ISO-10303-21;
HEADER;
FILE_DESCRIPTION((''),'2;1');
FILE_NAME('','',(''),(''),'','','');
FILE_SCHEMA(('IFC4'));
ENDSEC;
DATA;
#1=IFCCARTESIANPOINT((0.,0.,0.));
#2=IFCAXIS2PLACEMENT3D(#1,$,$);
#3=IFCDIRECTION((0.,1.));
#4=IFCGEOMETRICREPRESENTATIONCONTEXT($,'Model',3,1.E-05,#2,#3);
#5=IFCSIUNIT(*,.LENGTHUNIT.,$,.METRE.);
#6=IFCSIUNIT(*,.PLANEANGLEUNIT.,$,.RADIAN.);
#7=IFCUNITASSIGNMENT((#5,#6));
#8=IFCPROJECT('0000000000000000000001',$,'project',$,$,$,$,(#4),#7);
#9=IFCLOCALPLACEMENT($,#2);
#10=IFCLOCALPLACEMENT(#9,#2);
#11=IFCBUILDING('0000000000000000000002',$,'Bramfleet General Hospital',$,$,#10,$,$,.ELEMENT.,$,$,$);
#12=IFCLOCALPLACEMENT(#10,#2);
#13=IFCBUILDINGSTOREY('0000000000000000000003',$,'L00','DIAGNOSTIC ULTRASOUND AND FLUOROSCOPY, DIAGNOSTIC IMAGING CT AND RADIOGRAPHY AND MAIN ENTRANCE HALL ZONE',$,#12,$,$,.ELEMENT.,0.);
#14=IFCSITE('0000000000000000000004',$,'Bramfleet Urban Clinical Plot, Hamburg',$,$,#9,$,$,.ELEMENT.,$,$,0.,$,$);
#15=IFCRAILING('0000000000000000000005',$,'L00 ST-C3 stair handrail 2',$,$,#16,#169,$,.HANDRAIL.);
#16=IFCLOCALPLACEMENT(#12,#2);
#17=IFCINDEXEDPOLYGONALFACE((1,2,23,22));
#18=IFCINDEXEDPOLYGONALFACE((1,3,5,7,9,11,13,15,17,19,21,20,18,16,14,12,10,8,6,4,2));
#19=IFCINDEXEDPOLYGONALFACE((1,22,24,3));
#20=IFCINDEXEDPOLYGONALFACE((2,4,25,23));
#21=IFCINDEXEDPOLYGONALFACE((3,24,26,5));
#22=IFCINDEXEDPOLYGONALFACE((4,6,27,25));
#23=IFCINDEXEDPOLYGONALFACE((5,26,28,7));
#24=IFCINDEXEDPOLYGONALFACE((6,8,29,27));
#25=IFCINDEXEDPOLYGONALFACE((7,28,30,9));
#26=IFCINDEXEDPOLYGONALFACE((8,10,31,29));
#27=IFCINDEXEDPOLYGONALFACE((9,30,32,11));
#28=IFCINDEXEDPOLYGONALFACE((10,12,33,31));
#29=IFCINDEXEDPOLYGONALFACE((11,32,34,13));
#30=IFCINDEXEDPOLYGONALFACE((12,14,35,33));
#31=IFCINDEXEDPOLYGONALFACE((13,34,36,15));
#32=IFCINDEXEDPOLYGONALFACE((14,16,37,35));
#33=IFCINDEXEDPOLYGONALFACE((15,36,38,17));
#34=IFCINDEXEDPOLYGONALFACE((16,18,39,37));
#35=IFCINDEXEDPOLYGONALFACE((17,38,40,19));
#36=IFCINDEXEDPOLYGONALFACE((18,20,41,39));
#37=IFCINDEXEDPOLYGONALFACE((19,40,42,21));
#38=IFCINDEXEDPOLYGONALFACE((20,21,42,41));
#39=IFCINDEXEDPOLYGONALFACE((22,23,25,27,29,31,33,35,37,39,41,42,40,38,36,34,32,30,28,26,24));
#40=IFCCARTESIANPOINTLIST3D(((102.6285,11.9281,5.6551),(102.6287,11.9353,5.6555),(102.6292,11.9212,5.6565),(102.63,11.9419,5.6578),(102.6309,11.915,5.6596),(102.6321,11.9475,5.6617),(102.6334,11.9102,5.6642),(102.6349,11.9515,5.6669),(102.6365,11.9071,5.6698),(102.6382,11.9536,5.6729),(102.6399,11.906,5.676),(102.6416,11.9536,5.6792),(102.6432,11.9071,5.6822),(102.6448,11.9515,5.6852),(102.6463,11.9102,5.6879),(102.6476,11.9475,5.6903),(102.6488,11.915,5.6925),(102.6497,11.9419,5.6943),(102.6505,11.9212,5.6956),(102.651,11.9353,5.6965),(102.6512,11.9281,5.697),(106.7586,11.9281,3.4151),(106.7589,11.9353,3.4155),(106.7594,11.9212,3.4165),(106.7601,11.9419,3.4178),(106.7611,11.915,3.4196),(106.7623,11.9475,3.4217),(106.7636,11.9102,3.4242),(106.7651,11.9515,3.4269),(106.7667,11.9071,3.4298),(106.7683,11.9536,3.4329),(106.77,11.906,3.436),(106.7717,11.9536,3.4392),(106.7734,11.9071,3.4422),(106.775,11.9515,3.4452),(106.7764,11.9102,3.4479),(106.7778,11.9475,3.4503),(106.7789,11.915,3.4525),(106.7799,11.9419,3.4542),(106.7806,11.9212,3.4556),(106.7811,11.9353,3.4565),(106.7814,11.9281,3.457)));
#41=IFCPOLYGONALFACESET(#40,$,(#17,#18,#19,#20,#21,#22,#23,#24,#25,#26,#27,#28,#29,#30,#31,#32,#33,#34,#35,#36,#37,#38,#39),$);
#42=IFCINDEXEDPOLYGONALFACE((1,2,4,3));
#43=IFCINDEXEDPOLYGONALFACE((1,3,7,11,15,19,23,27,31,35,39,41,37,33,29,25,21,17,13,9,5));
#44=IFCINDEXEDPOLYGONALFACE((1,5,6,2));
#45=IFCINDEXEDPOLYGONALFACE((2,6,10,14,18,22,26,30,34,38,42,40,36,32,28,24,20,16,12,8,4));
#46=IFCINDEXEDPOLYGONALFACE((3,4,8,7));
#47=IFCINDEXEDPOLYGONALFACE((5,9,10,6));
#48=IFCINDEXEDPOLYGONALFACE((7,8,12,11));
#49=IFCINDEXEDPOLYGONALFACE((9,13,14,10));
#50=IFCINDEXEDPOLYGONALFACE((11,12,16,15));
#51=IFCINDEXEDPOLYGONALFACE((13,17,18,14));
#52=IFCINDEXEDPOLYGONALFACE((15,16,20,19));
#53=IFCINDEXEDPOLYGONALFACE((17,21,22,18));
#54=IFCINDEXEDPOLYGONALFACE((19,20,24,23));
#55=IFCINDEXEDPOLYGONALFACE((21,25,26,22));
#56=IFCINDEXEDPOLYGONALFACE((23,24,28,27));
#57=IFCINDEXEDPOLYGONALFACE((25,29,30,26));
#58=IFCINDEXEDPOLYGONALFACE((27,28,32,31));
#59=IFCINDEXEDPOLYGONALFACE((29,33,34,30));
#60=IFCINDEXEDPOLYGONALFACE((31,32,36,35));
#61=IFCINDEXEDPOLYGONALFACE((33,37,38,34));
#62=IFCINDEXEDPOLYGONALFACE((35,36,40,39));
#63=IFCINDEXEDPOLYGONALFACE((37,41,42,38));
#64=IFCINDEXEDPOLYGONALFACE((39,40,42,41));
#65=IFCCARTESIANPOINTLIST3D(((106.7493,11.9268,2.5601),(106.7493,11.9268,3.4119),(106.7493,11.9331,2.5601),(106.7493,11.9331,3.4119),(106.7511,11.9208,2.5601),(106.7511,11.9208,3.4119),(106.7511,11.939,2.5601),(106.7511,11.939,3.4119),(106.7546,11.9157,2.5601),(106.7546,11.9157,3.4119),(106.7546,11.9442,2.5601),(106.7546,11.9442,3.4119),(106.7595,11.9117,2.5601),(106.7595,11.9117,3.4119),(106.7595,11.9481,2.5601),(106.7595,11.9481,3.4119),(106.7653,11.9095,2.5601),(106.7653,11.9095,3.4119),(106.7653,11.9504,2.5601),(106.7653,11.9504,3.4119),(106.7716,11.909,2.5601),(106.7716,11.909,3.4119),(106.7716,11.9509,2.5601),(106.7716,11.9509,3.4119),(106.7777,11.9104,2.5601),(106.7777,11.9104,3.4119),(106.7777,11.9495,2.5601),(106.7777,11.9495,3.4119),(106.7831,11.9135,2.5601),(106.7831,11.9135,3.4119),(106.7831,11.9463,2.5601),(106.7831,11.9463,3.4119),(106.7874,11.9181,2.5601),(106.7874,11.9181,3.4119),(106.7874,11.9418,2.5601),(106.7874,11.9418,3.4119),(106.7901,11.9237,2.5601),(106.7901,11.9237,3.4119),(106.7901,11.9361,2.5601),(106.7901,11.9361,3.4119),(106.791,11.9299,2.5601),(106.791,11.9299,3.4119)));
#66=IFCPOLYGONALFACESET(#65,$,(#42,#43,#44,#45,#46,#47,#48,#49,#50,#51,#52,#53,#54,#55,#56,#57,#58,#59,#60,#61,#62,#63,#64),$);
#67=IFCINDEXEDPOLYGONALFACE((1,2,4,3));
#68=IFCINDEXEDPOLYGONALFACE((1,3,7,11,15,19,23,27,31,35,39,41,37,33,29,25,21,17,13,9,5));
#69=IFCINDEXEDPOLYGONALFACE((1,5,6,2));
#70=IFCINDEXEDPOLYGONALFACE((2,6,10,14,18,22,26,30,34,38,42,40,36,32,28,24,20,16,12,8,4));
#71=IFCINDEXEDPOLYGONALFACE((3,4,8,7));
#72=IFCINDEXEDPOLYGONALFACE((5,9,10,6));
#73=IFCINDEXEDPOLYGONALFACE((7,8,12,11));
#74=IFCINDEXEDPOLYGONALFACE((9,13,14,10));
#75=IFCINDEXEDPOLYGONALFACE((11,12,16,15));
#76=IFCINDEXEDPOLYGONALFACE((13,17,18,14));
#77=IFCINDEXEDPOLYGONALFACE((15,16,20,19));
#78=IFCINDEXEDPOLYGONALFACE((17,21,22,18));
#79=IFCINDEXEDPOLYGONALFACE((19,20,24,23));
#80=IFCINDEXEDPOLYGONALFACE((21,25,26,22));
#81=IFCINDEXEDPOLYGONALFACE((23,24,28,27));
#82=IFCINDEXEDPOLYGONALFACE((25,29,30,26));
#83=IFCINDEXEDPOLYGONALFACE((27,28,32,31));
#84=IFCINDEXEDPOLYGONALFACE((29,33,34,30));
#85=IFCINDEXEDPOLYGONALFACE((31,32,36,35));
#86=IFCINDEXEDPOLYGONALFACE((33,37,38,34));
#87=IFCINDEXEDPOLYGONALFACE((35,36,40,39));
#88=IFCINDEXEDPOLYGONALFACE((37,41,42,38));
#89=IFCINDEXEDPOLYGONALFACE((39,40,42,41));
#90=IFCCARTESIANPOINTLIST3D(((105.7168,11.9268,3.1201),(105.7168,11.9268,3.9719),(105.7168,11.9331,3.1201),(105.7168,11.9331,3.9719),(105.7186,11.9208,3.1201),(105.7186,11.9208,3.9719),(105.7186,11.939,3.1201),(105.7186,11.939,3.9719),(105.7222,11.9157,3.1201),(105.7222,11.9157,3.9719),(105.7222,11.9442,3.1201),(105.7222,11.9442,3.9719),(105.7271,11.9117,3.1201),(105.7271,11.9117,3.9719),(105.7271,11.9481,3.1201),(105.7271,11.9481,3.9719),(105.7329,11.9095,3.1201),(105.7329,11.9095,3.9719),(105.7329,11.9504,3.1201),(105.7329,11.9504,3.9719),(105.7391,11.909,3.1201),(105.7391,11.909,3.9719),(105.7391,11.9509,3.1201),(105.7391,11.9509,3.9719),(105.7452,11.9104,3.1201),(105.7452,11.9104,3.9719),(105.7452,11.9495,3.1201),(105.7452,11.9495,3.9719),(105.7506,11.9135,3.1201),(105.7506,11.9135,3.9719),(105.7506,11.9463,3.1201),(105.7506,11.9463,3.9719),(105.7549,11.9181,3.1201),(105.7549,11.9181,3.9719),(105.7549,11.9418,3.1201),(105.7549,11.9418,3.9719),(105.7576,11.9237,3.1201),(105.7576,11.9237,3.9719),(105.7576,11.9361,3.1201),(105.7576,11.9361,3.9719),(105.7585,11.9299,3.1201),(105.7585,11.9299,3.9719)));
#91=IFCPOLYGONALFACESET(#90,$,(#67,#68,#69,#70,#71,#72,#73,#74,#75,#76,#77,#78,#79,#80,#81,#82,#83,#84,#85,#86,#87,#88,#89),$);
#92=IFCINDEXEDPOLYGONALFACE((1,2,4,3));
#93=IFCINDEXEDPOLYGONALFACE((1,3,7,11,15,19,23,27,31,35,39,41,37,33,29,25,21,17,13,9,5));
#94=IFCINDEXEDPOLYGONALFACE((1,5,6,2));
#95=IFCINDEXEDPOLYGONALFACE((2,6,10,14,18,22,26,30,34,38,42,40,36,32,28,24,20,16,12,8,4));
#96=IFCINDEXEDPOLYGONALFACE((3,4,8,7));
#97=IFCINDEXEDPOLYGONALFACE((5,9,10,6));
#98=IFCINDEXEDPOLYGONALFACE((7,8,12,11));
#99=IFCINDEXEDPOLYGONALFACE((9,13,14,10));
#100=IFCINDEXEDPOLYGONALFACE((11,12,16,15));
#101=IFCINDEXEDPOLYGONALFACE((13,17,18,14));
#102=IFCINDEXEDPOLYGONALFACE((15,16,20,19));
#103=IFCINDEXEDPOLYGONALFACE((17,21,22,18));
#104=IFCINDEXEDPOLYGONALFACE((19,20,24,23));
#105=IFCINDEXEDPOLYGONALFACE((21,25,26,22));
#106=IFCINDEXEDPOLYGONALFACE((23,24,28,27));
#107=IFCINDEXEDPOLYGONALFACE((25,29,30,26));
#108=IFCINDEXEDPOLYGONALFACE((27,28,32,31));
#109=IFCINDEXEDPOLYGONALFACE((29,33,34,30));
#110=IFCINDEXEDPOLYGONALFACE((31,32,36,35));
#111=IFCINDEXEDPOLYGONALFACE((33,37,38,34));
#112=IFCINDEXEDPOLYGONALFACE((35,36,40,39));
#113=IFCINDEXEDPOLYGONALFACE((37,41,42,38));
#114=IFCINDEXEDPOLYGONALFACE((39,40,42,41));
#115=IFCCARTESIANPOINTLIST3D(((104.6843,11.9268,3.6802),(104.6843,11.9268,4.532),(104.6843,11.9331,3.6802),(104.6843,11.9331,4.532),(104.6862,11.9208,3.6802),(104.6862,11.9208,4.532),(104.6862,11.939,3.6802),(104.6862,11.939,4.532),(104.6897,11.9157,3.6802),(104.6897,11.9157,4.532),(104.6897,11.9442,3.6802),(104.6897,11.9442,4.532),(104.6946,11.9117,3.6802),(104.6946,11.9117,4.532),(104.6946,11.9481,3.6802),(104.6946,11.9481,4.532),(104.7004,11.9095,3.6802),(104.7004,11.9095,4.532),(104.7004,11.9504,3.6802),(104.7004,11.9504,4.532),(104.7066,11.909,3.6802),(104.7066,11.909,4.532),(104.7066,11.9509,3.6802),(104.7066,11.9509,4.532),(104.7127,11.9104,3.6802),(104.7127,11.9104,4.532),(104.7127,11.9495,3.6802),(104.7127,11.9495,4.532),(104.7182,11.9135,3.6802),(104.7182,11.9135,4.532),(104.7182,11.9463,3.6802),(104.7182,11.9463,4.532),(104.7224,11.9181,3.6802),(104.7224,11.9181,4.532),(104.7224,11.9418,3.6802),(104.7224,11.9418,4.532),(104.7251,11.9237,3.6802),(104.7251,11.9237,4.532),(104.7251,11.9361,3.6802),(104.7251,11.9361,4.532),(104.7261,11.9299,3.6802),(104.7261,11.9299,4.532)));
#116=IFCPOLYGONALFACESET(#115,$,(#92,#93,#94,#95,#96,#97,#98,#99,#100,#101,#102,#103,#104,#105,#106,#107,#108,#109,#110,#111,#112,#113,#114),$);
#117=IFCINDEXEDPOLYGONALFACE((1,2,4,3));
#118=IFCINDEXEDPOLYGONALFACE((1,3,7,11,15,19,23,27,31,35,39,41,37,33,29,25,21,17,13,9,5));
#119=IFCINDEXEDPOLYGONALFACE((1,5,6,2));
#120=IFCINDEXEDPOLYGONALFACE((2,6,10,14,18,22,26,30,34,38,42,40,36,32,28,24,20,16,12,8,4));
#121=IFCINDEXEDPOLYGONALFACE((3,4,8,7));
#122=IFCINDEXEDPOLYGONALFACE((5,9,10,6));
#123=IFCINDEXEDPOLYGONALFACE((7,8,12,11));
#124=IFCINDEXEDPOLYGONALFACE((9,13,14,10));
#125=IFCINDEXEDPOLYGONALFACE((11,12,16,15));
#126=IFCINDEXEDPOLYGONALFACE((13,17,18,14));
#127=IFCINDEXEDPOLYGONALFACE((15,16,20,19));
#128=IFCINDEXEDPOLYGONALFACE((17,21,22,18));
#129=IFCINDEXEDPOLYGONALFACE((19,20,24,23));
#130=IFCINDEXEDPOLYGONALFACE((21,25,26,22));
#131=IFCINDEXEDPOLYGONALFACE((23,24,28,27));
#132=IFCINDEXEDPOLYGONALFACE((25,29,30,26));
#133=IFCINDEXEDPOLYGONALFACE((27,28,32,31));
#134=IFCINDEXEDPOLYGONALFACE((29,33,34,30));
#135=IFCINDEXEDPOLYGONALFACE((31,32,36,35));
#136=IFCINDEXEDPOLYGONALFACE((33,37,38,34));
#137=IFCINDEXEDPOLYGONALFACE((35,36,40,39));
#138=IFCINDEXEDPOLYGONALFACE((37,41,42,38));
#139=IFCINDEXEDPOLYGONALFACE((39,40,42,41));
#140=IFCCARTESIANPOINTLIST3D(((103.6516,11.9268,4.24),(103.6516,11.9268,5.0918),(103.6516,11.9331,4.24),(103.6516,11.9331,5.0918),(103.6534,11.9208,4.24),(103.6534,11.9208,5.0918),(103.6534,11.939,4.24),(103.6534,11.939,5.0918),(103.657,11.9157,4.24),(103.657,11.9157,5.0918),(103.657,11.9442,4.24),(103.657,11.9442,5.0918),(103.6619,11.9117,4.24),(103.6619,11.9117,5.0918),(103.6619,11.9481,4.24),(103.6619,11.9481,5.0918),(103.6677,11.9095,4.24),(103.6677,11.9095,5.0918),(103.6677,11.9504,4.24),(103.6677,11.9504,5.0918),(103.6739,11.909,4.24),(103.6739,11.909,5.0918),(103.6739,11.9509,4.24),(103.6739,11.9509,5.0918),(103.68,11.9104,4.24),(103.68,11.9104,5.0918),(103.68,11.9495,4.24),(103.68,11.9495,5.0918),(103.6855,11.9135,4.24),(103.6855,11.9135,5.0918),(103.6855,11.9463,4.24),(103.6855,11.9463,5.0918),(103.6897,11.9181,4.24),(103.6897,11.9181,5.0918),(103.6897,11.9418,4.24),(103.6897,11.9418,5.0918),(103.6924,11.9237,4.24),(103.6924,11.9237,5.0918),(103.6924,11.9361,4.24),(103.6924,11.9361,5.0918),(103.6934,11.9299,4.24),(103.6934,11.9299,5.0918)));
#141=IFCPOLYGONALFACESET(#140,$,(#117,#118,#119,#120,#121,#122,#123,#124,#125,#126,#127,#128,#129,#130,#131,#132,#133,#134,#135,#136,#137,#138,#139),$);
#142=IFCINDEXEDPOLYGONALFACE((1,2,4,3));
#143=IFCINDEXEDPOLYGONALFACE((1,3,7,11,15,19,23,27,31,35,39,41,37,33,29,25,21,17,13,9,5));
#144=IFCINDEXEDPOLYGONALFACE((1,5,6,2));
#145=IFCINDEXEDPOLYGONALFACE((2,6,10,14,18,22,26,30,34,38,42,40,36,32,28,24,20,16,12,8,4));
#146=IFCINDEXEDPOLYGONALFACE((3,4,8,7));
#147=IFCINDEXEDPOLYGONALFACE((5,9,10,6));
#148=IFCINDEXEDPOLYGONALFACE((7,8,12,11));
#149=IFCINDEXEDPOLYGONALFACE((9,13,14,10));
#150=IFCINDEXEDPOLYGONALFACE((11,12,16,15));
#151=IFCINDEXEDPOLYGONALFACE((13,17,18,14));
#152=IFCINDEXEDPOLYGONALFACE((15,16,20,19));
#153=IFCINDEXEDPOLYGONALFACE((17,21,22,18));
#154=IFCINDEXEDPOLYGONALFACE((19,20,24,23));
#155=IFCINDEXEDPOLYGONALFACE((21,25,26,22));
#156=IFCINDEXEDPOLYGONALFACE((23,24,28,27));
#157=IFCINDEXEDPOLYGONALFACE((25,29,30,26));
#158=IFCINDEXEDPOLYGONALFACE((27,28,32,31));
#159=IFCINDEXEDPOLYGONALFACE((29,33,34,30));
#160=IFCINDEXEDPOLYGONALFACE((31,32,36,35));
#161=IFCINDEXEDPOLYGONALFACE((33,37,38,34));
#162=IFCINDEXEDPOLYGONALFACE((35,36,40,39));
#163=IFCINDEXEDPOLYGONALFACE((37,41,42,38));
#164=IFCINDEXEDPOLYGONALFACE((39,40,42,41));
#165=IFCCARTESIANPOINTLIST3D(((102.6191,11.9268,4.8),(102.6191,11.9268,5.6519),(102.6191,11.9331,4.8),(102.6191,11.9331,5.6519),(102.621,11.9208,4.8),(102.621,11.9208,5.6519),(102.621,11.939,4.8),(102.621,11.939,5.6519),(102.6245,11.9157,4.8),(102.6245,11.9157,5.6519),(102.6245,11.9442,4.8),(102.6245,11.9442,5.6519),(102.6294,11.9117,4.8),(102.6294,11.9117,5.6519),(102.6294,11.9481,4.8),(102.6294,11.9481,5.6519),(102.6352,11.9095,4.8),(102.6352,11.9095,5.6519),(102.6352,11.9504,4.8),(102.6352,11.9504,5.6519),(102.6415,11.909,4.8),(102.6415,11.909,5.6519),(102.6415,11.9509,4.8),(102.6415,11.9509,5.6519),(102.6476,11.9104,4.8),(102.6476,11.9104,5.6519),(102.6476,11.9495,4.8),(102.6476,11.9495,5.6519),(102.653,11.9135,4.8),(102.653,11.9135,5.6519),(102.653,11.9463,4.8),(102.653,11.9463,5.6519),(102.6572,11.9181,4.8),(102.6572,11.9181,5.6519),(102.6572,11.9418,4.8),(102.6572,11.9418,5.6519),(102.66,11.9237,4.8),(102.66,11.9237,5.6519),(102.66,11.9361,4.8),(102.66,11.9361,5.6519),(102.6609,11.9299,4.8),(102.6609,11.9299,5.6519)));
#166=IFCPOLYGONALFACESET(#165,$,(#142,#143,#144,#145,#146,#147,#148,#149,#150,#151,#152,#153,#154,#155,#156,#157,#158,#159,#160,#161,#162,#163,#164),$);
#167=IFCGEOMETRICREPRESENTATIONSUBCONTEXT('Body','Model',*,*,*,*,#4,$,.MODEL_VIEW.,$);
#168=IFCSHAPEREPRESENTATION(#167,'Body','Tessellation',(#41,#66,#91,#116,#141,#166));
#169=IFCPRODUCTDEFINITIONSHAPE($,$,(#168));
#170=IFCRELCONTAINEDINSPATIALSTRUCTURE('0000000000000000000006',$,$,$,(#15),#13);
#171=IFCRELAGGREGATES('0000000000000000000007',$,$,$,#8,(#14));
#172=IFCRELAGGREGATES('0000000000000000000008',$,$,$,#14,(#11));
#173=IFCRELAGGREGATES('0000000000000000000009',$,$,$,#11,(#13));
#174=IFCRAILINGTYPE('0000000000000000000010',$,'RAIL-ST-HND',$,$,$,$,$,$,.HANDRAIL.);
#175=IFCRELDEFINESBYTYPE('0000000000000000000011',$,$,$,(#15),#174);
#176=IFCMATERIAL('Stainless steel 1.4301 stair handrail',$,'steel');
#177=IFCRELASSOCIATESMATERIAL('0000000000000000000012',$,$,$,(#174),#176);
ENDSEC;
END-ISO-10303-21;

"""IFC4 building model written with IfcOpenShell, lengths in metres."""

from ifc_helpers import new_model, si_unit, direction, frame, origin, origin_2d, place, context, subcontext, project, spatial, circle, extrude, material, type_object, element, save


model = new_model("IFC4")

# Units and contexts
model_context = context("Model", 3, precision=1e-05, world=origin(), true_north=direction((0.0, 1.0)))
body_context = subcontext(model_context, "Body", "Model", "MODEL_VIEW")
ifc_project = project(units=[si_unit("LENGTHUNIT", "METRE"), si_unit("PLANEANGLEUNIT", "RADIAN")], contexts=[model_context])

# Site, building, storey
site_placement = place(None, origin())
site = spatial("IfcSite", under=ifc_project, at=site_placement, Name="Bramfleet Urban Clinical Plot, Hamburg", CompositionType="ELEMENT", RefElevation=0.0)
building_placement = place(site_placement, origin())
building = spatial("IfcBuilding", under=site, at=building_placement, Name="Bramfleet General Hospital", CompositionType="ELEMENT")
storey_placement = place(building_placement, origin())
storey = spatial("IfcBuildingStorey", under=building, at=storey_placement, Name="L00", Description="DIAGNOSTIC ULTRASOUND AND FLUOROSCOPY, DIAGNOSTIC IMAGING CT AND RADIOGRAPHY AND MAIN ENTRANCE HALL ZONE", CompositionType="ELEMENT", Elevation=0.0)

# Railing
ifc_material_1 = material(Name="Stainless steel 1.4301 stair handrail", Category="steel")
railing_type_1 = type_object("IfcRailingType", Name="RAIL-ST-HND", PredefinedType="HANDRAIL", material=ifc_material_1)
railing_1_placement = place(storey_placement, frame((106.77, 11.9299, 2.5601)))
element("IfcRailing", 1, at=railing_1_placement, inside=storey, type_object=railing_type_1, Name="L00 ST-C3 stair handrail 2", PredefinedType="HANDRAIL", context=body_context, shape_type="SweptSolid", body=[
    extrude(circle(Radius=0.0239, at=origin_2d()), frame((0.0, 0.0, 0.876), z_axis=(-0.879039, 0.0, 0.47675), x_axis=(0.0, -1.0, 0.0)), (0.0, 0.0, 1.0), 4.6985),
    extrude(circle(Radius=0.021, at=origin_2d()), origin(), (0.0, 0.0, 1.0), 0.8518),
    extrude(circle(Radius=0.021, at=origin_2d()), frame((-1.0325, 0.0, 0.5601)), (0.0, 0.0, 1.0), 0.8518),
    extrude(circle(Radius=0.021, at=origin_2d()), frame((-2.0649, 0.0, 1.1201)), (0.0, 0.0, 1.0), 0.8518),
    extrude(circle(Radius=0.021, at=origin_2d()), frame((-3.0977, 0.0, 1.6799)), (0.0, 0.0, 1.0), 0.8518),
    extrude(circle(Radius=0.021, at=origin_2d()), frame((-4.1301, 0.0, 2.24)), (0.0, 0.0, 1.0), 0.8518),
])

save(model, "model.ifc")
